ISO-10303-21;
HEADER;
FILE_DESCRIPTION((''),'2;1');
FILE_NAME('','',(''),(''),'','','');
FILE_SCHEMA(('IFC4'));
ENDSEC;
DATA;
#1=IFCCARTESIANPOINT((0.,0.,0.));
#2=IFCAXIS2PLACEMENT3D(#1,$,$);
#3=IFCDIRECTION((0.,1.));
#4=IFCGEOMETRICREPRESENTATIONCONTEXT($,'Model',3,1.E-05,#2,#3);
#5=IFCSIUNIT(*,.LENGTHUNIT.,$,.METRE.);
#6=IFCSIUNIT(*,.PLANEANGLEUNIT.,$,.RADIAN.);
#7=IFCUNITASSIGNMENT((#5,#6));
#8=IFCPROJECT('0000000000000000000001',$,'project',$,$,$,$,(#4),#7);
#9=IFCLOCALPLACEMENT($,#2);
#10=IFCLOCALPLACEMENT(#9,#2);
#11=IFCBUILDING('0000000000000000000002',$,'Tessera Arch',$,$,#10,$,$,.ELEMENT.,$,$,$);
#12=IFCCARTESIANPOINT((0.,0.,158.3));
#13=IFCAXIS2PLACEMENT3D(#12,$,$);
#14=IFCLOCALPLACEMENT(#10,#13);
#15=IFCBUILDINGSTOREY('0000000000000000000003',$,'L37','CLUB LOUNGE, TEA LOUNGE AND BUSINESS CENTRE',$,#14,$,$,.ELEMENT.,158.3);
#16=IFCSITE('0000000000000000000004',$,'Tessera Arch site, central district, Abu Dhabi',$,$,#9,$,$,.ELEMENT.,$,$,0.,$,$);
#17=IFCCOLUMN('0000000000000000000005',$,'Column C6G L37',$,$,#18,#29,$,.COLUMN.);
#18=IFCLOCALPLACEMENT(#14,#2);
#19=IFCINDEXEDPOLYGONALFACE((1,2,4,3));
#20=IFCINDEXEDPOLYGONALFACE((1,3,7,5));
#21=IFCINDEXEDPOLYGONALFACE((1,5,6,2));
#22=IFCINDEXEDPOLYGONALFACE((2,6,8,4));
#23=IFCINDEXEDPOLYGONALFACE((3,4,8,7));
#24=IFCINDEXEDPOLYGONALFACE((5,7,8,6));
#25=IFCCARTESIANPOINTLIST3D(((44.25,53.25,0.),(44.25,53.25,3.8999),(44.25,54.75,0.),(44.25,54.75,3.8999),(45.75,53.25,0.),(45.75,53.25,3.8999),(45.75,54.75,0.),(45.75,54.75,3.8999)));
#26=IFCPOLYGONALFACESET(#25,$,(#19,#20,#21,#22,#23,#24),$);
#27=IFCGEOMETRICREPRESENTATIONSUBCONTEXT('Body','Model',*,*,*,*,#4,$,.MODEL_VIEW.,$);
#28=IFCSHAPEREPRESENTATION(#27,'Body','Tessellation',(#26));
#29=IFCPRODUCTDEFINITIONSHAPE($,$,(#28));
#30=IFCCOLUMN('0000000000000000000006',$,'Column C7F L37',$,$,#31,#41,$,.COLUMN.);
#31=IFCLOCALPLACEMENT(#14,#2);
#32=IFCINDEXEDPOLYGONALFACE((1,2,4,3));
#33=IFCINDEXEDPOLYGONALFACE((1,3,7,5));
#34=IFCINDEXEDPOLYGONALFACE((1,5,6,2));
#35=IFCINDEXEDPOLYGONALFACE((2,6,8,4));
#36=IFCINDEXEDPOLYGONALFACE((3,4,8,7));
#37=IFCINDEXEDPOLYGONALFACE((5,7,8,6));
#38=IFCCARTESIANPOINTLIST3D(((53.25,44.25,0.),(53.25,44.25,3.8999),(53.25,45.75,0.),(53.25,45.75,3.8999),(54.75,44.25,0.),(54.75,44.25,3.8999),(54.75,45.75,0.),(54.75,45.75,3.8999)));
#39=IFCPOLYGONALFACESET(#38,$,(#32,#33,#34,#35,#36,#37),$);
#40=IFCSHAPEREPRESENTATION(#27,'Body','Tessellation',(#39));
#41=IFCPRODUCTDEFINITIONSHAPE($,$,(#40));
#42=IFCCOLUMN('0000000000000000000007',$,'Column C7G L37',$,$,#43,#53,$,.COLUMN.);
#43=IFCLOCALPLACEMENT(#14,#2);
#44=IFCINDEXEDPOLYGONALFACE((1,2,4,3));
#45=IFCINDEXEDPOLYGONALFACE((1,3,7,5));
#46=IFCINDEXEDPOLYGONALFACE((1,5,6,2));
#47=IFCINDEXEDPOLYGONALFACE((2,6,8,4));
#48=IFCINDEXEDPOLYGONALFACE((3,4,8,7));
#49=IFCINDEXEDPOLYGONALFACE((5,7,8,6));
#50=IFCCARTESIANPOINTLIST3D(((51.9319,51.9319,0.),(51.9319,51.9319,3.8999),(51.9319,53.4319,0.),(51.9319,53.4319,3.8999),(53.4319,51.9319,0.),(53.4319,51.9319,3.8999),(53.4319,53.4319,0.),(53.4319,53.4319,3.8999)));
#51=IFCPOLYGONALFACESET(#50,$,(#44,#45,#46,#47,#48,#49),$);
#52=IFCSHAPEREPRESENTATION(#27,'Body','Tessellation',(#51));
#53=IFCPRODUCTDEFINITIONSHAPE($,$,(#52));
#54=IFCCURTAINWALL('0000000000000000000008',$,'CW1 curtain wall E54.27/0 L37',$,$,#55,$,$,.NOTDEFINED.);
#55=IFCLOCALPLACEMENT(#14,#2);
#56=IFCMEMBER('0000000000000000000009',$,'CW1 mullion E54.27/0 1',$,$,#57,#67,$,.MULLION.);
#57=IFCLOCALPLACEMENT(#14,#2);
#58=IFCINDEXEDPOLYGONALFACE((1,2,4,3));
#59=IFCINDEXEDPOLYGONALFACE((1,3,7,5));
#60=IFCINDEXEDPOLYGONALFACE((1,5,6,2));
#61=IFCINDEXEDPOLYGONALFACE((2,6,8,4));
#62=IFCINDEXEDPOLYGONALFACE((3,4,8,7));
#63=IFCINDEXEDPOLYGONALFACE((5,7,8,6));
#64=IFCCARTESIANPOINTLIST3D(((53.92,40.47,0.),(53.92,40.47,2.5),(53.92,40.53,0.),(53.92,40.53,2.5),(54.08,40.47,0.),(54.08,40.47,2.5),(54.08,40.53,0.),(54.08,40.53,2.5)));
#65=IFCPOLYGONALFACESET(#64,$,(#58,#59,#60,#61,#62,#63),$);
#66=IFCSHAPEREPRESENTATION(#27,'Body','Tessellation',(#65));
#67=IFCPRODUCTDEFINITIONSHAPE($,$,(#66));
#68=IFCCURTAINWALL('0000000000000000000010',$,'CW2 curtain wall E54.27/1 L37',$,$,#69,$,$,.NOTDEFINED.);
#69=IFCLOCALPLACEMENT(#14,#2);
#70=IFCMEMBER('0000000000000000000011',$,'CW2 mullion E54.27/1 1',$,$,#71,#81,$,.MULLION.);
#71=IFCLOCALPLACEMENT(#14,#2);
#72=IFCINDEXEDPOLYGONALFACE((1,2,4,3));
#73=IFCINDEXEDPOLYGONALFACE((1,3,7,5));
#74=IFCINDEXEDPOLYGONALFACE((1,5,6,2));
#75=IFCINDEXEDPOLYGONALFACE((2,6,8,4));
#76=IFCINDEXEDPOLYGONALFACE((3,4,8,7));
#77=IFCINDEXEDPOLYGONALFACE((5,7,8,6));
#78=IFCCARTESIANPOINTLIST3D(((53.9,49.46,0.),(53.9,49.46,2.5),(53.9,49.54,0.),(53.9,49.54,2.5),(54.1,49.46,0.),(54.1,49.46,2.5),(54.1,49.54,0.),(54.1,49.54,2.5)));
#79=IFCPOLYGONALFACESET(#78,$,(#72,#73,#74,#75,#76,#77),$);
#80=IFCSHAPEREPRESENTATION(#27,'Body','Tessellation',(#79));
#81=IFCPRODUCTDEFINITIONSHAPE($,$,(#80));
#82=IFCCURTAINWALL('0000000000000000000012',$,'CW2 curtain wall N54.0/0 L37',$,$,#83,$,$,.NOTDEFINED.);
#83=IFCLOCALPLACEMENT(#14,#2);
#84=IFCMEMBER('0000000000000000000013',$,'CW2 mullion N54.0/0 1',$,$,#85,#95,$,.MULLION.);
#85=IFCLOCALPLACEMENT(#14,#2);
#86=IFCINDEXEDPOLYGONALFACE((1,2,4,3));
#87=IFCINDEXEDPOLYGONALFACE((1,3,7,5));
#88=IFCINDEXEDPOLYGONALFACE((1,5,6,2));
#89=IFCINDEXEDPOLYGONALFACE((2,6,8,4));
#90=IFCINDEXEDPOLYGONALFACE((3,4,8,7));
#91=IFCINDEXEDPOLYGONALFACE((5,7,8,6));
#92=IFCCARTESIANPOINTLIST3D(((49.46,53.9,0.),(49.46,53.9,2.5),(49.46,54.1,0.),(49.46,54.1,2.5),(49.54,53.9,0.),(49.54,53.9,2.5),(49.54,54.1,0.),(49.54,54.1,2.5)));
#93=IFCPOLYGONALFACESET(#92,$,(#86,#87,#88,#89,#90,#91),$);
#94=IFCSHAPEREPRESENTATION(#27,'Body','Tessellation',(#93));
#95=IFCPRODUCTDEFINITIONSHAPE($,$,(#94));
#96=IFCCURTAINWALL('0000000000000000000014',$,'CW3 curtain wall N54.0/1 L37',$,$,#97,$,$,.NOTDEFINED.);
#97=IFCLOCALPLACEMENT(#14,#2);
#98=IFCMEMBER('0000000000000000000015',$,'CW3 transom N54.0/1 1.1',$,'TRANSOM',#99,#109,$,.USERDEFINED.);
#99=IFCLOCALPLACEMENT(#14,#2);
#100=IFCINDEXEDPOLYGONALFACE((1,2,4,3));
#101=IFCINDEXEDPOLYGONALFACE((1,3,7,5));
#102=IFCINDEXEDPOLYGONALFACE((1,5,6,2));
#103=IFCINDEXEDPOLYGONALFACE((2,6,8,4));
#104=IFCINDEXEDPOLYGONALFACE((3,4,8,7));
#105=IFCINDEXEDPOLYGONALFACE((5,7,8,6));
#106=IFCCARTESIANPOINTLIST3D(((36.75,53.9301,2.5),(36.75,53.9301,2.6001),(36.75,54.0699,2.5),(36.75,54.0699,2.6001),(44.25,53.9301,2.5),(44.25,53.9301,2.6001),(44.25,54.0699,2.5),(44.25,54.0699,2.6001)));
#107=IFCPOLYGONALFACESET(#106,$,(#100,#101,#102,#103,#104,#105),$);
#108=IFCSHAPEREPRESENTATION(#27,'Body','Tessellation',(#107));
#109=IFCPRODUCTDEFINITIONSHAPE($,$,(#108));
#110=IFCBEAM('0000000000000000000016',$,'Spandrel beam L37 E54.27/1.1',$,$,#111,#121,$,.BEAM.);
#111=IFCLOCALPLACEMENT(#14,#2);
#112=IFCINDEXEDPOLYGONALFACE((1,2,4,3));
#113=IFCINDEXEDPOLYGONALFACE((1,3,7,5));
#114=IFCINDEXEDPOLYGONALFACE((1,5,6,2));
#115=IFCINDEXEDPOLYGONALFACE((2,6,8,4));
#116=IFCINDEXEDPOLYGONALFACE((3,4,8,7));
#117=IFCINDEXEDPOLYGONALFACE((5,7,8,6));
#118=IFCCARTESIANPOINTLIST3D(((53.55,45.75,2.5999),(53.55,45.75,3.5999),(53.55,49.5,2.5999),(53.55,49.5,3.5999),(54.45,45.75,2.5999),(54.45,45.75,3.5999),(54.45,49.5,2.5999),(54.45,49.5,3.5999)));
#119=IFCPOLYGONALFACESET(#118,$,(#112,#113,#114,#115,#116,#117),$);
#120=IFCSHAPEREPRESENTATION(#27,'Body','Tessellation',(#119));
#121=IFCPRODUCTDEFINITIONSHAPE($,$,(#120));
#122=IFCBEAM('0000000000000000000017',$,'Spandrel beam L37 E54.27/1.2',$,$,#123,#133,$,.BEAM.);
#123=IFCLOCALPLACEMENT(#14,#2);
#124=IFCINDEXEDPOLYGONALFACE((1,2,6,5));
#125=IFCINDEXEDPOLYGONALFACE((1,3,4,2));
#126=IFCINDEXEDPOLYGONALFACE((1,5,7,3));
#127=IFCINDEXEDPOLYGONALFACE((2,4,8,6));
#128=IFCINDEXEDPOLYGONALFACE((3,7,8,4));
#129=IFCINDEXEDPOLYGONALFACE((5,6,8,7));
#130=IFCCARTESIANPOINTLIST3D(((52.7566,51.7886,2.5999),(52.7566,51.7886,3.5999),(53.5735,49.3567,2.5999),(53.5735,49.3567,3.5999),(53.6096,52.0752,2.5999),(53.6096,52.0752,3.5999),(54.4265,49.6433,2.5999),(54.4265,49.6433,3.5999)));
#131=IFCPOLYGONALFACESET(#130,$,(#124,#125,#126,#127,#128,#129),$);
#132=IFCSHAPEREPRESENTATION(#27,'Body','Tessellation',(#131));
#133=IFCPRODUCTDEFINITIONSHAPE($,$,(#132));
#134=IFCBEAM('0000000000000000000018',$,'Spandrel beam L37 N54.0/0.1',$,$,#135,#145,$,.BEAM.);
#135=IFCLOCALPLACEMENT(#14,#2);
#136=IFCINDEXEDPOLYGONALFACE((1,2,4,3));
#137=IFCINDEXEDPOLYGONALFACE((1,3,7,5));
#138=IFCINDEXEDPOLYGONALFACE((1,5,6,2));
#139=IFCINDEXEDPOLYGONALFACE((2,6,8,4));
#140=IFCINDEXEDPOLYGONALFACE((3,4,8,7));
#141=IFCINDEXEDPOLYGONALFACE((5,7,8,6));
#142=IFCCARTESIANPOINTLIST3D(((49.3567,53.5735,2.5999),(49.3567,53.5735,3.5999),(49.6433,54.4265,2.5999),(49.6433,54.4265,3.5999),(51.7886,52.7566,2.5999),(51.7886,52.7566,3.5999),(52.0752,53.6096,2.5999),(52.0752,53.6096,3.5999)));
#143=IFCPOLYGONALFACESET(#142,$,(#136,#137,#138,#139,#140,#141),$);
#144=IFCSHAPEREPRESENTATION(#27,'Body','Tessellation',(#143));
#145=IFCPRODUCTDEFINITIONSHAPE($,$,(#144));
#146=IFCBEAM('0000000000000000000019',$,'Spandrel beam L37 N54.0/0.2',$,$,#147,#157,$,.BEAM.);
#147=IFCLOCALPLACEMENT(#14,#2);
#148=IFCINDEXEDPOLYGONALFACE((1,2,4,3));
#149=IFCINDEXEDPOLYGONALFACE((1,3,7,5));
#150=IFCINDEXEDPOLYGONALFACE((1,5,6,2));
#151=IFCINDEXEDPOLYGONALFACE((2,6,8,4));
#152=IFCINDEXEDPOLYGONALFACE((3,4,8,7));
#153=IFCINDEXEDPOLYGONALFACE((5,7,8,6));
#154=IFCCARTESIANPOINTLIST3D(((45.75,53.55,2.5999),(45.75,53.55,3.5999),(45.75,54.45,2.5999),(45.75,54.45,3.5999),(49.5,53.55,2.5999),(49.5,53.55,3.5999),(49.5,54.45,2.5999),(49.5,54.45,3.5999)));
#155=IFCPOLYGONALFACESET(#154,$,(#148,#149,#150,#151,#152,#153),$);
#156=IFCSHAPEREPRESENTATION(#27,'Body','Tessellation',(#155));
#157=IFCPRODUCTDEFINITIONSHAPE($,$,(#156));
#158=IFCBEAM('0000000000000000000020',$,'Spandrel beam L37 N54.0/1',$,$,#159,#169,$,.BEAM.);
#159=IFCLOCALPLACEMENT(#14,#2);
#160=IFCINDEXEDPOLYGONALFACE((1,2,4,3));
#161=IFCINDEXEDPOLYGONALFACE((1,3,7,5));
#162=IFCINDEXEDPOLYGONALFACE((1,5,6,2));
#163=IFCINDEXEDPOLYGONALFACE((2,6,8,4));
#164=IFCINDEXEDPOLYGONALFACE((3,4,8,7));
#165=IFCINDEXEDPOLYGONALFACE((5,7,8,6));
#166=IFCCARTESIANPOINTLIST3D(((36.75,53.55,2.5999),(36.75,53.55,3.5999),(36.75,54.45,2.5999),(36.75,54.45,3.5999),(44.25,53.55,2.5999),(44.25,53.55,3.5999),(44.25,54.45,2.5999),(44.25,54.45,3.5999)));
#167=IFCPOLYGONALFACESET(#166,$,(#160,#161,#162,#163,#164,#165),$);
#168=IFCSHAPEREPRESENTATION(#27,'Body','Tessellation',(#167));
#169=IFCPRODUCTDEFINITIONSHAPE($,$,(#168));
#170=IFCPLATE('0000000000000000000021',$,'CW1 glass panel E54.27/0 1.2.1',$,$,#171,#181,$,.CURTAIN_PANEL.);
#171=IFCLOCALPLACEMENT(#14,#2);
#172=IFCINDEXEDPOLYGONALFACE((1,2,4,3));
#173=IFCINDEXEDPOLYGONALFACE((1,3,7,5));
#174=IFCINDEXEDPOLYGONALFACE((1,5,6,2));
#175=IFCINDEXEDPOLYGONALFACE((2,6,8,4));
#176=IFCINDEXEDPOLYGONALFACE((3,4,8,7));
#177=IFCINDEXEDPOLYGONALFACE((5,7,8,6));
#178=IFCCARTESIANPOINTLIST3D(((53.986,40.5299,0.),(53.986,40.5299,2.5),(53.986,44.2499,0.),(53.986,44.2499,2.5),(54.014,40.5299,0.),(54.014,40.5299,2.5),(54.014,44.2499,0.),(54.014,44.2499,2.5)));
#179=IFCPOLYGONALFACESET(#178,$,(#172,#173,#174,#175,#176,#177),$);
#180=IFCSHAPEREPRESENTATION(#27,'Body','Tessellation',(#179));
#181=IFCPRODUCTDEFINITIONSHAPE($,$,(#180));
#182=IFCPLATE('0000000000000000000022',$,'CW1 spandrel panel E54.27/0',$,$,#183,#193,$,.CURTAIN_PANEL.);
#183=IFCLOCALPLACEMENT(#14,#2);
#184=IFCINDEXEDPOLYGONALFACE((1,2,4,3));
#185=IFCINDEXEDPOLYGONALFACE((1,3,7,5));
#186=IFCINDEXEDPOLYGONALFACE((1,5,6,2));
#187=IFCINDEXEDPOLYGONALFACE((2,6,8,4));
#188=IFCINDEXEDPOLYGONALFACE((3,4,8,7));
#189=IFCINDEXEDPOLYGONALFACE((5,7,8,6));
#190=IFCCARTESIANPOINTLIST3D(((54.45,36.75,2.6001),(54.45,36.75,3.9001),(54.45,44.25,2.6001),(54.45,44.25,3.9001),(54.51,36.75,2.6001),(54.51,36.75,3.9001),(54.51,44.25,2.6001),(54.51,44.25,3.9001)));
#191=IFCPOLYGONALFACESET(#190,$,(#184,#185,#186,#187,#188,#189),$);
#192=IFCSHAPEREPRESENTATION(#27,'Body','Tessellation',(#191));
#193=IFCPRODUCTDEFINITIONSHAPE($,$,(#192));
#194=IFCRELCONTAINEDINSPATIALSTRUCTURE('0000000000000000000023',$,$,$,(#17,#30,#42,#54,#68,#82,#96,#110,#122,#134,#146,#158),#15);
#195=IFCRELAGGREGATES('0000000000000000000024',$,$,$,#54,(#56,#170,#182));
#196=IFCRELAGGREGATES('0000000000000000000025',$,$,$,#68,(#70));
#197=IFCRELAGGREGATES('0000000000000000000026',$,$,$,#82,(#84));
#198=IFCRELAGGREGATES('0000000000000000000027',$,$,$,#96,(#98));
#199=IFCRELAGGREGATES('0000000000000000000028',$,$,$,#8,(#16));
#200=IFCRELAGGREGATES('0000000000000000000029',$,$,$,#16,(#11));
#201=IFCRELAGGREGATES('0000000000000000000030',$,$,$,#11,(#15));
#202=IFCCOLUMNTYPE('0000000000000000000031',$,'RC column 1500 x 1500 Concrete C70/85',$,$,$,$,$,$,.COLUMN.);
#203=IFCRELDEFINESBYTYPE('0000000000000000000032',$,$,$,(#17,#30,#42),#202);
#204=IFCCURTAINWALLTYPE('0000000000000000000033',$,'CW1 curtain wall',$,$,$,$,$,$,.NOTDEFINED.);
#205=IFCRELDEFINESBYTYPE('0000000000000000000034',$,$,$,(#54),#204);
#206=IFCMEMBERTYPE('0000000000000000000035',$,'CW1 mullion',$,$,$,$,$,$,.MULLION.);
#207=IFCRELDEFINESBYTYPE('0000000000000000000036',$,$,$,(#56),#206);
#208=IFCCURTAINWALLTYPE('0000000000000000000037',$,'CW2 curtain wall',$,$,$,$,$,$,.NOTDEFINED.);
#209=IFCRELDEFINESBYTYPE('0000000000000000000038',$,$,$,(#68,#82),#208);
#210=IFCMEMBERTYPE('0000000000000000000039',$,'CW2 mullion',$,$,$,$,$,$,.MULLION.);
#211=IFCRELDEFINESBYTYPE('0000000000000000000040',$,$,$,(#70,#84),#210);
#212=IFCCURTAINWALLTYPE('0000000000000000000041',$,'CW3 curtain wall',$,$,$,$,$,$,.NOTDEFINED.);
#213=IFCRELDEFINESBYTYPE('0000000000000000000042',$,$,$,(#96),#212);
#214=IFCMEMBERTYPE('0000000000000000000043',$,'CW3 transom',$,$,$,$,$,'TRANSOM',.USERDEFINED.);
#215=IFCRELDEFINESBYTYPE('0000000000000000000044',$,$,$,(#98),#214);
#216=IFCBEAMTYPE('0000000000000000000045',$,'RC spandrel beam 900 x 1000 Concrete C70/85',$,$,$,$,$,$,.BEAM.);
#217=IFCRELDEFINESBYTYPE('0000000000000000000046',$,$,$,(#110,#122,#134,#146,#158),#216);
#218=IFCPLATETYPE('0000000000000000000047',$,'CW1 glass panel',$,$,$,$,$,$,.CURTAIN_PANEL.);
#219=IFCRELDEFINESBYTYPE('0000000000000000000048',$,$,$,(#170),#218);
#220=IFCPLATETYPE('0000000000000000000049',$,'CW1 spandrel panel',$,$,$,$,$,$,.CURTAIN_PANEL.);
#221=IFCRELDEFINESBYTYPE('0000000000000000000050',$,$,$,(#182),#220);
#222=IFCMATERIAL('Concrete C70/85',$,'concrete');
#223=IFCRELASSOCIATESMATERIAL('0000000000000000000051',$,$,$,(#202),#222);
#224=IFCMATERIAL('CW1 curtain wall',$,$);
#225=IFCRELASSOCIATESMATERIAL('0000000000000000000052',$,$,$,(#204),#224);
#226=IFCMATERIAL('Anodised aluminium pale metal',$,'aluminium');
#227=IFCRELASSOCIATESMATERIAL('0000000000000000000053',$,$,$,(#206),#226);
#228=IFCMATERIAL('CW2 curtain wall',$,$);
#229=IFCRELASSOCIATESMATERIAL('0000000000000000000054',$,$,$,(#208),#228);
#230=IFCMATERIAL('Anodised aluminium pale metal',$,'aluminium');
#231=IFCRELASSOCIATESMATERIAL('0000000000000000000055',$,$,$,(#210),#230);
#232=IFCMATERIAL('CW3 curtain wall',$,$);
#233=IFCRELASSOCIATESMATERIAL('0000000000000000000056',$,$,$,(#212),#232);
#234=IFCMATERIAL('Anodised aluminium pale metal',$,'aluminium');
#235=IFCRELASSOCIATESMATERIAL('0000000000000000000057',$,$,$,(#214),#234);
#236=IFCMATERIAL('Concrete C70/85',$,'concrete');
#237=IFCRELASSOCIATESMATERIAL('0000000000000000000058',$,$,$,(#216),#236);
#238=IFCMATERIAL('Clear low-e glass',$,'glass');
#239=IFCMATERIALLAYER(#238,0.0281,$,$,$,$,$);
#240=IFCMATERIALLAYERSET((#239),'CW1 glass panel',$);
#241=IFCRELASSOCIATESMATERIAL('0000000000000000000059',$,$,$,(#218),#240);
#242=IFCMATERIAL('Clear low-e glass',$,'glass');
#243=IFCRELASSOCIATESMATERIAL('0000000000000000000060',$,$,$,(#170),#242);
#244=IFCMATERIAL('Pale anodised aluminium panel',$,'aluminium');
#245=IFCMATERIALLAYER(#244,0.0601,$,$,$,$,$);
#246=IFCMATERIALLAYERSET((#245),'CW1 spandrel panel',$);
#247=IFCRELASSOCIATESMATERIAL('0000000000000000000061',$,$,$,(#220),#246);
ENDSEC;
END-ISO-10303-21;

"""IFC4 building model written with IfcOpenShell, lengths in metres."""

from ifc_helpers import new_model, si_unit, direction, frame, origin, origin_2d, place, context, subcontext, project, spatial, rectangle, extrude, material, layer, layer_set, material_profile, profile_set, type_object, element, aggregate, save


model = new_model("IFC4")

# Units and contexts
model_context = context("Model", 3, precision=1e-05, world=origin(), true_north=direction((0.0, 1.0)))
body_context = subcontext(model_context, "Body", "Model", "MODEL_VIEW")
ifc_project = project(units=[si_unit("LENGTHUNIT", "METRE"), si_unit("PLANEANGLEUNIT", "RADIAN")], contexts=[model_context])

# Site, building, storey
site_placement = place(None, origin())
site = spatial("IfcSite", under=ifc_project, at=site_placement, Name="Tessera Arch site, central district, Abu Dhabi", CompositionType="ELEMENT", RefElevation=0.0)
building_placement = place(site_placement, origin())
building = spatial("IfcBuilding", under=site, at=building_placement, Name="Tessera Arch", CompositionType="ELEMENT")
storey_placement = place(building_placement, frame((0.0, 0.0, 158.3)))
storey = spatial("IfcBuildingStorey", under=building, at=storey_placement, Name="L37", Description="CLUB LOUNGE, TEA LOUNGE AND BUSINESS CENTRE", CompositionType="ELEMENT", Elevation=158.3)

# Columns
ifc_material_1 = material(Name="Concrete C70/85", Category="concrete")
ifc_material_profile_1 = material_profile(ifc_material_1, rectangle(XDim=1.5, YDim=1.5, at=origin_2d()), Name="RC column 1500 x 1500 Concrete C70/85")
ifc_profile_set_1 = profile_set([ifc_material_profile_1], Name="Concrete C70/85")
column_type = type_object("IfcColumnType", Name="RC column 1500 x 1500 Concrete C70/85", PredefinedType="COLUMN", material=ifc_profile_set_1)
for number, where, z_axis, x_axis, name in (
    (1, (45.0, 54.0, 0.0), (0.0, 0.0, 1.0), (1.0, 0.0, 0.0), "Column C6G L37"),
    (2, (54.0, 45.0, 0.0), (0.0, 0.0, 1.0), (1.0, 0.0, 0.0), "Column C7F L37"),
    (3, (52.6819, 52.6819, 0.0), (0.0, 0.0, 1.0), (1.0, 0.0, 0.0), "Column C7G L37"),
):
    element("IfcColumn", number, at=place(storey_placement, frame(where, z_axis=z_axis, x_axis=x_axis)), inside=storey, type_object=column_type, Name=name, PredefinedType="COLUMN", context=body_context, shape_type="SweptSolid", body=[
        extrude(rectangle(XDim=1.5, YDim=1.5, at=origin_2d()), origin(), (0.0, 0.0, 1.0), 3.8999),
    ])

# Curtain walls, members
ifc_material_2 = material(Name="CW1 curtain wall")
curtain_wall_type_1 = type_object("IfcCurtainWallType", Name="CW1 curtain wall", PredefinedType="NOTDEFINED", material=ifc_material_2)
curtain_wall_1_placement = place(storey_placement, origin())
curtain_wall_1 = element("IfcCurtainWall", 4, at=curtain_wall_1_placement, inside=storey, type_object=curtain_wall_type_1, Name="CW1 curtain wall E54.27/0 L37", PredefinedType="NOTDEFINED")
ifc_material_3 = material(Name="Anodised aluminium pale metal", Category="aluminium")
ifc_material_profile_2 = material_profile(ifc_material_3, rectangle(XDim=0.1599, YDim=0.0601, at=origin_2d()), Name="AL 60x160")
ifc_profile_set_2 = profile_set([ifc_material_profile_2], Name="Anodised aluminium pale metal")
member_type_1 = type_object("IfcMemberType", Name="CW1 mullion", PredefinedType="MULLION", material=ifc_profile_set_2)
member_1_placement = place(storey_placement, frame((54.0, 40.5, 0.0), z_axis=(0.0, 0.0, 1.0), x_axis=(-1.0, 0.0, 0.0)))
member_1 = element("IfcMember", 5, at=member_1_placement, type_object=member_type_1, Name="CW1 mullion E54.27/0 1", PredefinedType="MULLION", context=body_context, shape_type="SweptSolid", body=[
    extrude(rectangle(XDim=0.1599, YDim=0.0601, at=origin_2d()), origin(), (0.0, 0.0, 1.0), 2.5),
])
ifc_material_4 = material(Name="CW2 curtain wall")
curtain_wall_type_2 = type_object("IfcCurtainWallType", Name="CW2 curtain wall", PredefinedType="NOTDEFINED", material=ifc_material_4)
curtain_wall_2_placement = place(storey_placement, origin())
curtain_wall_2 = element("IfcCurtainWall", 6, at=curtain_wall_2_placement, inside=storey, type_object=curtain_wall_type_2, Name="CW2 curtain wall E54.27/1 L37", PredefinedType="NOTDEFINED")
ifc_material_5 = material(Name="Anodised aluminium pale metal", Category="aluminium")
ifc_material_profile_3 = material_profile(ifc_material_5, rectangle(XDim=0.2, YDim=0.0801, at=origin_2d()), Name="AL 80x200")
ifc_profile_set_3 = profile_set([ifc_material_profile_3], Name="Anodised aluminium pale metal")
member_type_2 = type_object("IfcMemberType", Name="CW2 mullion", PredefinedType="MULLION", material=ifc_profile_set_3)
member_2_placement = place(storey_placement, frame((54.0, 49.5, 0.0), z_axis=(0.0, 0.0, 1.0), x_axis=(-1.0, 0.0, 0.0)))
member_2 = element("IfcMember", 7, at=member_2_placement, type_object=member_type_2, Name="CW2 mullion E54.27/1 1", PredefinedType="MULLION", context=body_context, shape_type="SweptSolid", body=[
    extrude(rectangle(XDim=0.2, YDim=0.0801, at=origin_2d()), origin(), (0.0, 0.0, 1.0), 2.5),
])
curtain_wall_3_placement = place(storey_placement, origin())
curtain_wall_3 = element("IfcCurtainWall", 8, at=curtain_wall_3_placement, inside=storey, type_object=curtain_wall_type_2, Name="CW2 curtain wall N54.0/0 L37", PredefinedType="NOTDEFINED")
member_3_placement = place(storey_placement, frame((49.5, 54.0, 0.0), z_axis=(0.0, 0.0, 1.0), x_axis=(0.0, -1.0, 0.0)))
member_3 = element("IfcMember", 9, at=member_3_placement, type_object=member_type_2, Name="CW2 mullion N54.0/0 1", PredefinedType="MULLION", context=body_context, shape_type="SweptSolid", body=[
    extrude(rectangle(XDim=0.2, YDim=0.0801, at=origin_2d()), origin(), (0.0, 0.0, 1.0), 2.5),
])
ifc_material_6 = material(Name="CW3 curtain wall")
curtain_wall_type_3 = type_object("IfcCurtainWallType", Name="CW3 curtain wall", PredefinedType="NOTDEFINED", material=ifc_material_6)
curtain_wall_4_placement = place(storey_placement, origin())
curtain_wall_4 = element("IfcCurtainWall", 10, at=curtain_wall_4_placement, inside=storey, type_object=curtain_wall_type_3, Name="CW3 curtain wall N54.0/1 L37", PredefinedType="NOTDEFINED")
ifc_material_7 = material(Name="Anodised aluminium pale metal", Category="aluminium")
ifc_material_profile_4 = material_profile(ifc_material_7, rectangle(XDim=0.1399, YDim=0.1001, at=origin_2d()), Name="AL 140x100")
ifc_profile_set_4 = profile_set([ifc_material_profile_4], Name="Anodised aluminium pale metal")
member_type_3 = type_object("IfcMemberType", Name="CW3 transom", ElementType="TRANSOM", PredefinedType="USERDEFINED", material=ifc_profile_set_4)
member_4_placement = place(storey_placement, frame((44.25, 54.0, 2.55), z_axis=(-1.0, 0.0, 0.0), x_axis=(0.0, -1.0, 0.0)))
member_4 = element("IfcMember", 11, at=member_4_placement, type_object=member_type_3, Name="CW3 transom N54.0/1 1.1", ObjectType="TRANSOM", PredefinedType="USERDEFINED", context=body_context, shape_type="SweptSolid", body=[
    extrude(rectangle(XDim=0.1399, YDim=0.1001, at=origin_2d()), origin(), (0.0, 0.0, 1.0), 7.5),
])

# Beams
ifc_material_8 = material(Name="Concrete C70/85", Category="concrete")
ifc_material_profile_5 = material_profile(ifc_material_8, rectangle(XDim=0.8999, YDim=1.0, at=origin_2d()), Name="RC spandrel beam 900 x 1000 Concrete C70/85")
ifc_profile_set_5 = profile_set([ifc_material_profile_5], Name="Concrete C70/85")
beam_type = type_object("IfcBeamType", Name="RC spandrel beam 900 x 1000 Concrete C70/85", PredefinedType="BEAM", material=ifc_profile_set_5)
beam_1_placement = place(storey_placement, frame((54.0, 45.75, 3.0999), z_axis=(0.0, 1.0, 0.0), x_axis=(-1.0, 0.0, 0.0)))
element("IfcBeam", 12, at=beam_1_placement, inside=storey, type_object=beam_type, Name="Spandrel beam L37 E54.27/1.1", PredefinedType="BEAM", context=body_context, shape_type="SweptSolid", body=[
    extrude(rectangle(XDim=0.8999, YDim=1.0, at=origin_2d()), origin(), (0.0, 0.0, 1.0), 3.75),
])
for number, where, z_axis, x_axis, name in (
    (13, (54.0, 49.5, 3.0999), (-0.318425, 0.947948, 0.0), (-0.947948, -0.318425, 0.0), "Spandrel beam L37 E54.27/1.2"),
    (14, (51.9319, 53.1831, 3.0999), (-0.947948, 0.318425, 0.0), (-0.318425, -0.947948, 0.0), "Spandrel beam L37 N54.0/0.1"),
):
    element("IfcBeam", number, at=place(storey_placement, frame(where, z_axis=z_axis, x_axis=x_axis)), inside=storey, type_object=beam_type, Name=name, PredefinedType="BEAM", context=body_context, shape_type="SweptSolid", body=[
        extrude(rectangle(XDim=0.8999, YDim=1.0, at=origin_2d()), origin(), (0.0, 0.0, 1.0), 2.5654),
    ])
beam_2_placement = place(storey_placement, frame((49.5, 54.0, 3.0999), z_axis=(-1.0, 0.0, 0.0), x_axis=(0.0, -1.0, 0.0)))
element("IfcBeam", 15, at=beam_2_placement, inside=storey, type_object=beam_type, Name="Spandrel beam L37 N54.0/0.2", PredefinedType="BEAM", context=body_context, shape_type="SweptSolid", body=[
    extrude(rectangle(XDim=0.8999, YDim=1.0, at=origin_2d()), origin(), (0.0, 0.0, 1.0), 3.75),
])
beam_3_placement = place(storey_placement, frame((44.25, 54.0, 3.0999), z_axis=(-1.0, 0.0, 0.0), x_axis=(0.0, -1.0, 0.0)))
element("IfcBeam", 16, at=beam_3_placement, inside=storey, type_object=beam_type, Name="Spandrel beam L37 N54.0/1", PredefinedType="BEAM", context=body_context, shape_type="SweptSolid", body=[
    extrude(rectangle(XDim=0.8999, YDim=1.0, at=origin_2d()), origin(), (0.0, 0.0, 1.0), 7.5),
])

# Plates
ifc_material_9 = material(Name="Clear low-e glass", Category="glass")
ifc_material_10 = material(Name="Clear low-e glass", Category="glass")
ifc_layer_1 = layer(ifc_material_10, 0.0281)
ifc_layer_set_1 = layer_set([ifc_layer_1], Name="CW1 glass panel")
plate_type_1 = type_object("IfcPlateType", Name="CW1 glass panel", PredefinedType="CURTAIN_PANEL", material=ifc_layer_set_1)
plate_1_placement = place(storey_placement, frame((54.0, 42.3899, 0.0), z_axis=(0.0, 0.0, 1.0), x_axis=(0.0, 1.0, 0.0)))
plate_1 = element("IfcPlate", 17, at=plate_1_placement, type_object=plate_type_1, material=ifc_material_9, Name="CW1 glass panel E54.27/0 1.2.1", PredefinedType="CURTAIN_PANEL", context=body_context, shape_type="SweptSolid", body=[
    extrude(rectangle(XDim=3.72, YDim=0.0281, at=origin_2d()), origin(), (0.0, 0.0, 1.0), 2.5),
])
ifc_material_11 = material(Name="Pale anodised aluminium panel", Category="aluminium")
ifc_layer_2 = layer(ifc_material_11, 0.0601)
ifc_layer_set_2 = layer_set([ifc_layer_2], Name="CW1 spandrel panel")
plate_type_2 = type_object("IfcPlateType", Name="CW1 spandrel panel", PredefinedType="CURTAIN_PANEL", material=ifc_layer_set_2)
plate_2_placement = place(storey_placement, frame((54.48, 40.5, 2.6001), z_axis=(0.0, 0.0, 1.0), x_axis=(0.0, 1.0, 0.0)))
plate_2 = element("IfcPlate", 18, at=plate_2_placement, type_object=plate_type_2, Name="CW1 spandrel panel E54.27/0", PredefinedType="CURTAIN_PANEL", context=body_context, shape_type="SweptSolid", body=[
    extrude(rectangle(XDim=7.5, YDim=0.0601, at=origin_2d()), origin(), (0.0, 0.0, 1.0), 1.3),
])
aggregate(curtain_wall_1, [member_1, plate_1, plate_2])
aggregate(curtain_wall_2, [member_2])
aggregate(curtain_wall_3, [member_3])
aggregate(curtain_wall_4, [member_4])

save(model, "model.ifc")
